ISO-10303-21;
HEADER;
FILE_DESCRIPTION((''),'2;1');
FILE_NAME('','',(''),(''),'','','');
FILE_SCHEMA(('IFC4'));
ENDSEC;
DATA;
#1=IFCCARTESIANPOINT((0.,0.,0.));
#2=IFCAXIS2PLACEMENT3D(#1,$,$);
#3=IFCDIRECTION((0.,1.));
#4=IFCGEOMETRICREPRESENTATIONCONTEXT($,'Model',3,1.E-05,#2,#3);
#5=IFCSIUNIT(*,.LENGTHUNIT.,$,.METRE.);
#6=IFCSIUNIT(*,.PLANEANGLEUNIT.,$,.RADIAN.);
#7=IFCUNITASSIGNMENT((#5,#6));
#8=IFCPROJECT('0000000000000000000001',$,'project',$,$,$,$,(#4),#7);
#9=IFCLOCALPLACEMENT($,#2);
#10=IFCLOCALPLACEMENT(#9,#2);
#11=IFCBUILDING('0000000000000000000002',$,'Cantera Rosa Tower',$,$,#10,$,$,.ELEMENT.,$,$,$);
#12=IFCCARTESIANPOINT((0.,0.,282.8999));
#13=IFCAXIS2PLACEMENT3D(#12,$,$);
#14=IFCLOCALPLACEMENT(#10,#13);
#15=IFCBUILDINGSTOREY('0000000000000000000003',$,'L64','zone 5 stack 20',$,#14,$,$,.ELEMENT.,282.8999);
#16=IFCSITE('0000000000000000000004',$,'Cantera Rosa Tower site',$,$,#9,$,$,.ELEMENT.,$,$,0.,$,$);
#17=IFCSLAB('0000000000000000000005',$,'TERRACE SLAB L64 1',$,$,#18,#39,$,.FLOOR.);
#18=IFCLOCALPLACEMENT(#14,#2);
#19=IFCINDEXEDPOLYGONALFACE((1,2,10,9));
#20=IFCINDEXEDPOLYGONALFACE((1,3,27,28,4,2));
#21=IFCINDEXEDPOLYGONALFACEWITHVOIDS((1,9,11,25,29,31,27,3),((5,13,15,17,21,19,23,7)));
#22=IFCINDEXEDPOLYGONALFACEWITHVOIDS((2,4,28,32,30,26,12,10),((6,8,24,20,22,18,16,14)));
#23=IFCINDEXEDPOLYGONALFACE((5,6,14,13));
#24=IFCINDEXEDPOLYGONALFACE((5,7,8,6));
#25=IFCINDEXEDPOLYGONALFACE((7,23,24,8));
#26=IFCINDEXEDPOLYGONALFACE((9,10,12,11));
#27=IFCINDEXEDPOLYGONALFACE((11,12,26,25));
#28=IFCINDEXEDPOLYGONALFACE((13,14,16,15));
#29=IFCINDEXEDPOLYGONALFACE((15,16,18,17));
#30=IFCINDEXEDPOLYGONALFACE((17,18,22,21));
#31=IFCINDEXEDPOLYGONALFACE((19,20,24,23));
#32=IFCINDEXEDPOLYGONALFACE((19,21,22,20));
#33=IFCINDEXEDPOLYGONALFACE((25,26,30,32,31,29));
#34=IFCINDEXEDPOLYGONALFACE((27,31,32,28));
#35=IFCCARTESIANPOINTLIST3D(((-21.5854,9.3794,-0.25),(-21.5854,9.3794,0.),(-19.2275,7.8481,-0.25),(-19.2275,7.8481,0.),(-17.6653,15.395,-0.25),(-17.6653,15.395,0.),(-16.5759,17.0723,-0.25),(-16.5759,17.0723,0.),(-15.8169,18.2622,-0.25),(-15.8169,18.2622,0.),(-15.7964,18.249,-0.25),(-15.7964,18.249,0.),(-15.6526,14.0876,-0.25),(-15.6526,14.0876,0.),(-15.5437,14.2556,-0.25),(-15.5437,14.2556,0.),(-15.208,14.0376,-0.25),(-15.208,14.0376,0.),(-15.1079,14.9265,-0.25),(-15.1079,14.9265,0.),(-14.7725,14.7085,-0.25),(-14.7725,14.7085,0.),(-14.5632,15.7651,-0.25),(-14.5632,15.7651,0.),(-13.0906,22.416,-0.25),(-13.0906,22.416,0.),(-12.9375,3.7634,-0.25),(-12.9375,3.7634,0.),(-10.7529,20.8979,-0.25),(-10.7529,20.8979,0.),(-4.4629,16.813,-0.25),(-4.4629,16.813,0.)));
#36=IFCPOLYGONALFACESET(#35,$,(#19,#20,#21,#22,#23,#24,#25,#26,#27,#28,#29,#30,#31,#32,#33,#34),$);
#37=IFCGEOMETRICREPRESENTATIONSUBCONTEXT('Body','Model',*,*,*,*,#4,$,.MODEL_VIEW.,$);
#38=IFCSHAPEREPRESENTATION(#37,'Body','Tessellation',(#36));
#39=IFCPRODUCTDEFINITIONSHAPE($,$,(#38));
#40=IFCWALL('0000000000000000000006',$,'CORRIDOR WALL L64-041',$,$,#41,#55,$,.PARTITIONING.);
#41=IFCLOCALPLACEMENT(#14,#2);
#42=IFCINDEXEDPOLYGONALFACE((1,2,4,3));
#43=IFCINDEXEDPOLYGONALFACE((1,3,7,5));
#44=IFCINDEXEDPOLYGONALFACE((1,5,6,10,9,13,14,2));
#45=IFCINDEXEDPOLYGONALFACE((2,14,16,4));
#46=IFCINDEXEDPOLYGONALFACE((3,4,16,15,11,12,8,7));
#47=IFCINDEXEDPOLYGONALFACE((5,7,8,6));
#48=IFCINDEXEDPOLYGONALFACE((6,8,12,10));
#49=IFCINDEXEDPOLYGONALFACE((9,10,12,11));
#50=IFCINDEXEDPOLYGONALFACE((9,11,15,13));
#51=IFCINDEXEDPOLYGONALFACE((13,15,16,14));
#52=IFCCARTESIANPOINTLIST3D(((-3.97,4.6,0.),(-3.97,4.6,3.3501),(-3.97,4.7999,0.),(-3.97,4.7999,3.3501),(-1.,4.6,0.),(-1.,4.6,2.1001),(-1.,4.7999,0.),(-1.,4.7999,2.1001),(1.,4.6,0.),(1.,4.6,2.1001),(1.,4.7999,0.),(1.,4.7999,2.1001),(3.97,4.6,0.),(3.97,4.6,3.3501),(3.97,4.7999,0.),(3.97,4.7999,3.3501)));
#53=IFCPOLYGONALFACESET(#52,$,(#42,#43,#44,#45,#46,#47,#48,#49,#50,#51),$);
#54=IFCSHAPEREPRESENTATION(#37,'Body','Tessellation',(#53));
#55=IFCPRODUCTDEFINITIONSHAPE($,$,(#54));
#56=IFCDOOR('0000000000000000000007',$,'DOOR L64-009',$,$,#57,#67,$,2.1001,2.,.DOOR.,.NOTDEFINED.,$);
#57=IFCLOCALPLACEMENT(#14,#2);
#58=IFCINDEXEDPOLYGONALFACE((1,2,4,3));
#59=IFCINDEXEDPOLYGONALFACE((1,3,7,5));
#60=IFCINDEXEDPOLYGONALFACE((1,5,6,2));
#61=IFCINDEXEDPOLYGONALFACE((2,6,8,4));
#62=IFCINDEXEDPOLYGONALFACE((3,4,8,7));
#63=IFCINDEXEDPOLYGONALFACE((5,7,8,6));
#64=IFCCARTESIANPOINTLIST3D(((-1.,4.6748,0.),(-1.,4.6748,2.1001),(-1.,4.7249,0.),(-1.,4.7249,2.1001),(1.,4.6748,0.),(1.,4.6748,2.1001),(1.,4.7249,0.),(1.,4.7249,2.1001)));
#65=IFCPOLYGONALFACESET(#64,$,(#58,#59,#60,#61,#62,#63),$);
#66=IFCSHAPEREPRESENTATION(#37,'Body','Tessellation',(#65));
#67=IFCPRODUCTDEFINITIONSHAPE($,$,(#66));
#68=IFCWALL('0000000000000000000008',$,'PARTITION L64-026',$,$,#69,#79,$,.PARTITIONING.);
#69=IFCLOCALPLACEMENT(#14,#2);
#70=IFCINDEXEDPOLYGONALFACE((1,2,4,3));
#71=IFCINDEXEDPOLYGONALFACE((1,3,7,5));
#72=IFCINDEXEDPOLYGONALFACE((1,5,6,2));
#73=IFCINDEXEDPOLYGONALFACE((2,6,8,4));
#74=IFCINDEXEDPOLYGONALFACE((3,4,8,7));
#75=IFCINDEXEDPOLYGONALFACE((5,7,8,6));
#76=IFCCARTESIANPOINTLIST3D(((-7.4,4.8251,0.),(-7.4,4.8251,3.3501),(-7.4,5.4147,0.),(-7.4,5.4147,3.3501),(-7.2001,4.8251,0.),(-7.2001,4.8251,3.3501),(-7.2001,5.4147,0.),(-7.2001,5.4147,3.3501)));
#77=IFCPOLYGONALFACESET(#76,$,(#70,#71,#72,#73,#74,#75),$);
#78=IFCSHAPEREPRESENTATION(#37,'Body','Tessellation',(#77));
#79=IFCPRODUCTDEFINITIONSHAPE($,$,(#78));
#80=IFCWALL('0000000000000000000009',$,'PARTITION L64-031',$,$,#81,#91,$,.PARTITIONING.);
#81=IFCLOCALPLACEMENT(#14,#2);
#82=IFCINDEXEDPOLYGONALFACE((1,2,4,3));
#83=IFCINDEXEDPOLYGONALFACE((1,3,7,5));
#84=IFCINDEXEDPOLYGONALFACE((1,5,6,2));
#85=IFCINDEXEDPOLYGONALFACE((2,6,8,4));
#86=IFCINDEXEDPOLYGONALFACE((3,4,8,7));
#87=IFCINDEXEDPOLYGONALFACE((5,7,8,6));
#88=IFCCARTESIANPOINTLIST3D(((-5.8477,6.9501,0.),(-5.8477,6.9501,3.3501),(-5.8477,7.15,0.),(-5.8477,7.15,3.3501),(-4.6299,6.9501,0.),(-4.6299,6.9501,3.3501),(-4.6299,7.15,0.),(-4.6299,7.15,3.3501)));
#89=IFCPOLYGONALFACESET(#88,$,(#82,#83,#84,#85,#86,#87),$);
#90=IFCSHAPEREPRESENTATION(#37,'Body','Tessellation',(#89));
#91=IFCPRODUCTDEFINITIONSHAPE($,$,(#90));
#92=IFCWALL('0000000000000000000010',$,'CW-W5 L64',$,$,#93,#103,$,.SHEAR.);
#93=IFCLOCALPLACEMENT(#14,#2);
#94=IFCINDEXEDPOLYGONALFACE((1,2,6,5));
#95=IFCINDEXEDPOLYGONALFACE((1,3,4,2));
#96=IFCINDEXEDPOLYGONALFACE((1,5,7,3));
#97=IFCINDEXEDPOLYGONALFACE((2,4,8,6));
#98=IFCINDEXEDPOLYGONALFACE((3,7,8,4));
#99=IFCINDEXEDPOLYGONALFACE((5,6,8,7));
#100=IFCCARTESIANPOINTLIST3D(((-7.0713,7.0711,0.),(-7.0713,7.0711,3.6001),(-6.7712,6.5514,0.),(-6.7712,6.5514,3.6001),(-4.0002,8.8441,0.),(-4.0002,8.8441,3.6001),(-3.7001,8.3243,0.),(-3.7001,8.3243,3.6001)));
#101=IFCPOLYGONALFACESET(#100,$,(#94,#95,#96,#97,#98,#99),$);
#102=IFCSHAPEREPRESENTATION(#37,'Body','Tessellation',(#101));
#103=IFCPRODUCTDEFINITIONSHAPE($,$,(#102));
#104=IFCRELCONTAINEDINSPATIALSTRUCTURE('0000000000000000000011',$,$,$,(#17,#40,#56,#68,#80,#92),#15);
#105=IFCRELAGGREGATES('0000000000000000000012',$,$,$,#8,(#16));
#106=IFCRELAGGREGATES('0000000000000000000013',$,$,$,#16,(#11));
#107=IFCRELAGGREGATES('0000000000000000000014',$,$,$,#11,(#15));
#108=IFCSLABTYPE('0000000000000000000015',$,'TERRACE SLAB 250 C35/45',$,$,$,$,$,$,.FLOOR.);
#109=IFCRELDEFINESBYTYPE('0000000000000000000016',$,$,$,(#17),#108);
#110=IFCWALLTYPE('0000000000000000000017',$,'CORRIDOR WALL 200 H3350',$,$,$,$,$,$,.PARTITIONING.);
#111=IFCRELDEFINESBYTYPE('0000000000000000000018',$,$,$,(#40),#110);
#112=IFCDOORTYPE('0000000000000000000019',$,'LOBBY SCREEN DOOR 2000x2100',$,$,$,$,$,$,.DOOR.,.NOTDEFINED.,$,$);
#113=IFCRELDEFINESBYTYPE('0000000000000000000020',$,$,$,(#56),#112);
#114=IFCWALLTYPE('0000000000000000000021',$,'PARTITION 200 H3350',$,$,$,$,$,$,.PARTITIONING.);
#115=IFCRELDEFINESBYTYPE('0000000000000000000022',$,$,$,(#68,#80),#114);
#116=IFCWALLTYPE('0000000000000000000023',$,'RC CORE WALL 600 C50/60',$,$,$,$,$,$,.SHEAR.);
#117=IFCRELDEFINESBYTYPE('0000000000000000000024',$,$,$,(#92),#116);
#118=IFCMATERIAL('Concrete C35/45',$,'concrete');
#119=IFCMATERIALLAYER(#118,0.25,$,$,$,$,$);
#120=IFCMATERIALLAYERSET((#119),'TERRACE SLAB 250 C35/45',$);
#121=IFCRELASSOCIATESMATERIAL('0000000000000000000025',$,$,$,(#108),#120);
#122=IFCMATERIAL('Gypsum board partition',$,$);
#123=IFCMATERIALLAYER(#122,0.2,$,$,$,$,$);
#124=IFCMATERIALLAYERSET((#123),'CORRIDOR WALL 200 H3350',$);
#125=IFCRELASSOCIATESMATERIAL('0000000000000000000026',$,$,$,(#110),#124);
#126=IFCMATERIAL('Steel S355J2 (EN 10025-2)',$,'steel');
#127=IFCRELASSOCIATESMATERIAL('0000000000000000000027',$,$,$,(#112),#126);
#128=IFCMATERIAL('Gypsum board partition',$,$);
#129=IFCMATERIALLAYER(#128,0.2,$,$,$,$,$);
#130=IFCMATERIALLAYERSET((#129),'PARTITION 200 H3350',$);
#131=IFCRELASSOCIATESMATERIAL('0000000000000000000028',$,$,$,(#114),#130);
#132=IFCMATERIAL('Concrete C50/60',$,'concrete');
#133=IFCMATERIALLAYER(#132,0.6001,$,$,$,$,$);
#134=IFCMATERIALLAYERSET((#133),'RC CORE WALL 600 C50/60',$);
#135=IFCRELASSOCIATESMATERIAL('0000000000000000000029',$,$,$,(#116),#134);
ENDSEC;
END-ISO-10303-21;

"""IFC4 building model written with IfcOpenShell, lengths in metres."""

from ifc_helpers import new_model, si_unit, direction, frame, frame_2d, origin, place, context, subcontext, project, spatial, polyline, rectangle, outline, extrude, material, layer, layer_set, type_object, element, fill, save


model = new_model("IFC4")

# Units and contexts
model_context = context("Model", 3, precision=1e-05, world=origin(), true_north=direction((0.0, 1.0)))
body_context = subcontext(model_context, "Body", "Model", "MODEL_VIEW")
ifc_project = project(units=[si_unit("LENGTHUNIT", "METRE"), si_unit("PLANEANGLEUNIT", "RADIAN")], contexts=[model_context])

# Site, building, storey
site_placement = place(None, origin())
site = spatial("IfcSite", under=ifc_project, at=site_placement, Name="Cantera Rosa Tower site", CompositionType="ELEMENT", RefElevation=0.0)
building_placement = place(site_placement, origin())
building = spatial("IfcBuilding", under=site, at=building_placement, Name="Cantera Rosa Tower", CompositionType="ELEMENT")
storey_placement = place(building_placement, frame((0.0, 0.0, 282.8999)))
storey = spatial("IfcBuildingStorey", under=building, at=storey_placement, Name="L64", Description="zone 5 stack 20", CompositionType="ELEMENT", Elevation=282.8999)

# Slab
ifc_material_1 = material(Name="Concrete C35/45", Category="concrete")
ifc_layer_1 = layer(ifc_material_1, 0.25)
ifc_layer_set_1 = layer_set([ifc_layer_1], Name="TERRACE SLAB 250 C35/45")
slab_type_1 = type_object("IfcSlabType", Name="TERRACE SLAB 250 C35/45", PredefinedType="FLOOR", material=ifc_layer_set_1)
slab_1_placement = place(storey_placement, frame((0.0, 0.0, -0.25)))
element("IfcSlab", 1, at=slab_1_placement, inside=storey, type_object=slab_type_1, Name="TERRACE SLAB L64 1", PredefinedType="FLOOR", context=body_context, shape_type="SweptSolid", body=[
    extrude(outline(polyline([(-12.9375, 3.7634), (-19.2275, 7.8481), (-21.5854, 9.3794), (-15.8169, 18.2622), (-15.7964, 18.249), (-13.0906, 22.416), (-10.7529, 20.8979), (-4.4629, 16.813), (-12.9375, 3.7634)]), holes=[polyline([(-14.7725, 14.7085), (-15.1079, 14.9265), (-14.5632, 15.7651), (-16.5759, 17.0723), (-17.6653, 15.395), (-15.6526, 14.0876), (-15.5437, 14.2556), (-15.208, 14.0376), (-14.7725, 14.7085)])]), origin(), (0.0, 0.0, 1.0), 0.25),
])

# Wall, opening, door
ifc_material_2 = material(Name="Gypsum board partition")
ifc_layer_2 = layer(ifc_material_2, 0.2)
ifc_layer_set_2 = layer_set([ifc_layer_2], Name="CORRIDOR WALL 200 H3350")
wall_type_1 = type_object("IfcWallType", Name="CORRIDOR WALL 200 H3350", PredefinedType="PARTITIONING", material=ifc_layer_set_2)
wall_1_placement = place(storey_placement, frame((-3.97, 4.7, 0.0), z_axis=(0.0, 0.0, 1.0), x_axis=(1.0, 0.0, 0.0)))
wall_1 = element("IfcWall", 2, at=wall_1_placement, inside=storey, type_object=wall_type_1, Name="CORRIDOR WALL L64-041", PredefinedType="PARTITIONING", context=body_context, shape_type="SweptSolid", body=[
    extrude(rectangle(XDim=7.9399, YDim=0.2, at=frame_2d((3.97, 0.0))), origin(), (0.0, 0.0, 1.0), 3.3501),
])
opening_1_placement = place(wall_1_placement, frame((2.97, 0.0, 0.0)))
opening_1 = element("IfcOpeningElement", 3, at=opening_1_placement, cuts=wall_1, PredefinedType="OPENING", context=body_context, shape_type="SweptSolid", body=[
    extrude(rectangle(XDim=2.0, YDim=2.1001, at=frame_2d((1.0, 1.05))), frame((0.0, 0.1099, 0.0), z_axis=(0.0, -1.0, 0.0), x_axis=(1.0, 0.0, 0.0)), (0.0, 0.0, 1.0), 0.22),
])
ifc_material_3 = material(Name="Steel S355J2 (EN 10025-2)", Category="steel")
door_type_1 = type_object("IfcDoorType", Name="LOBBY SCREEN DOOR 2000x2100", OperationType="NOTDEFINED", PredefinedType="DOOR", material=ifc_material_3)
door_1_placement = place(opening_1_placement, origin())
door_1 = element("IfcDoor", 4, at=door_1_placement, inside=storey, type_object=door_type_1, Name="DOOR L64-009", OperationType="NOTDEFINED", OverallHeight=2.1001, OverallWidth=2.0, PredefinedType="DOOR", context=body_context, shape_type="SweptSolid", body=[
    extrude(rectangle(XDim=2.0, YDim=2.1001, at=frame_2d((1.0, 1.05))), frame((0.0, 0.0249, 0.0), z_axis=(0.0, -1.0, 0.0), x_axis=(1.0, 0.0, 0.0)), (0.0, 0.0, 1.0), 0.05),
])
fill(opening_1, door_1)

# Walls
ifc_material_4 = material(Name="Gypsum board partition")
ifc_layer_3 = layer(ifc_material_4, 0.2)
ifc_layer_set_3 = layer_set([ifc_layer_3], Name="PARTITION 200 H3350")
wall_type_2 = type_object("IfcWallType", Name="PARTITION 200 H3350", PredefinedType="PARTITIONING", material=ifc_layer_set_3)
wall_2_placement = place(storey_placement, frame((-7.3, 4.825, 0.0), z_axis=(0.0, 0.0, 1.0), x_axis=(0.0, 1.0, 0.0)))
element("IfcWall", 5, at=wall_2_placement, inside=storey, type_object=wall_type_2, Name="PARTITION L64-026", PredefinedType="PARTITIONING", context=body_context, shape_type="SweptSolid", body=[
    extrude(rectangle(XDim=0.5896, YDim=0.2, at=frame_2d((0.2949, 0.0))), origin(), (0.0, 0.0, 1.0), 3.3501),
])
wall_3_placement = place(storey_placement, frame((-5.8477, 7.05, 0.0), z_axis=(0.0, 0.0, 1.0), x_axis=(1.0, 0.0, 0.0)))
element("IfcWall", 6, at=wall_3_placement, inside=storey, type_object=wall_type_2, Name="PARTITION L64-031", PredefinedType="PARTITIONING", context=body_context, shape_type="SweptSolid", body=[
    extrude(rectangle(XDim=1.2178, YDim=0.2, at=frame_2d((0.6089, 0.0))), origin(), (0.0, 0.0, 1.0), 3.3501),
])
ifc_material_5 = material(Name="Concrete C50/60", Category="concrete")
ifc_layer_4 = layer(ifc_material_5, 0.6001)
ifc_layer_set_4 = layer_set([ifc_layer_4], Name="RC CORE WALL 600 C50/60")
wall_type_3 = type_object("IfcWallType", Name="RC CORE WALL 600 C50/60", PredefinedType="SHEAR", material=ifc_layer_set_4)
wall_4_placement = place(storey_placement, frame((-6.9211, 6.8113, 0.0), z_axis=(0.0, 0.0, 1.0), x_axis=(0.86604, 0.499975, 0.0)))
element("IfcWall", 7, at=wall_4_placement, inside=storey, type_object=wall_type_3, Name="CW-W5 L64", PredefinedType="SHEAR", context=body_context, shape_type="SweptSolid", body=[
    extrude(rectangle(XDim=3.5461, YDim=0.6001, at=frame_2d((1.7729, 0.0))), origin(), (0.0, 0.0, 1.0), 3.6001),
])

save(model, "model.ifc")
